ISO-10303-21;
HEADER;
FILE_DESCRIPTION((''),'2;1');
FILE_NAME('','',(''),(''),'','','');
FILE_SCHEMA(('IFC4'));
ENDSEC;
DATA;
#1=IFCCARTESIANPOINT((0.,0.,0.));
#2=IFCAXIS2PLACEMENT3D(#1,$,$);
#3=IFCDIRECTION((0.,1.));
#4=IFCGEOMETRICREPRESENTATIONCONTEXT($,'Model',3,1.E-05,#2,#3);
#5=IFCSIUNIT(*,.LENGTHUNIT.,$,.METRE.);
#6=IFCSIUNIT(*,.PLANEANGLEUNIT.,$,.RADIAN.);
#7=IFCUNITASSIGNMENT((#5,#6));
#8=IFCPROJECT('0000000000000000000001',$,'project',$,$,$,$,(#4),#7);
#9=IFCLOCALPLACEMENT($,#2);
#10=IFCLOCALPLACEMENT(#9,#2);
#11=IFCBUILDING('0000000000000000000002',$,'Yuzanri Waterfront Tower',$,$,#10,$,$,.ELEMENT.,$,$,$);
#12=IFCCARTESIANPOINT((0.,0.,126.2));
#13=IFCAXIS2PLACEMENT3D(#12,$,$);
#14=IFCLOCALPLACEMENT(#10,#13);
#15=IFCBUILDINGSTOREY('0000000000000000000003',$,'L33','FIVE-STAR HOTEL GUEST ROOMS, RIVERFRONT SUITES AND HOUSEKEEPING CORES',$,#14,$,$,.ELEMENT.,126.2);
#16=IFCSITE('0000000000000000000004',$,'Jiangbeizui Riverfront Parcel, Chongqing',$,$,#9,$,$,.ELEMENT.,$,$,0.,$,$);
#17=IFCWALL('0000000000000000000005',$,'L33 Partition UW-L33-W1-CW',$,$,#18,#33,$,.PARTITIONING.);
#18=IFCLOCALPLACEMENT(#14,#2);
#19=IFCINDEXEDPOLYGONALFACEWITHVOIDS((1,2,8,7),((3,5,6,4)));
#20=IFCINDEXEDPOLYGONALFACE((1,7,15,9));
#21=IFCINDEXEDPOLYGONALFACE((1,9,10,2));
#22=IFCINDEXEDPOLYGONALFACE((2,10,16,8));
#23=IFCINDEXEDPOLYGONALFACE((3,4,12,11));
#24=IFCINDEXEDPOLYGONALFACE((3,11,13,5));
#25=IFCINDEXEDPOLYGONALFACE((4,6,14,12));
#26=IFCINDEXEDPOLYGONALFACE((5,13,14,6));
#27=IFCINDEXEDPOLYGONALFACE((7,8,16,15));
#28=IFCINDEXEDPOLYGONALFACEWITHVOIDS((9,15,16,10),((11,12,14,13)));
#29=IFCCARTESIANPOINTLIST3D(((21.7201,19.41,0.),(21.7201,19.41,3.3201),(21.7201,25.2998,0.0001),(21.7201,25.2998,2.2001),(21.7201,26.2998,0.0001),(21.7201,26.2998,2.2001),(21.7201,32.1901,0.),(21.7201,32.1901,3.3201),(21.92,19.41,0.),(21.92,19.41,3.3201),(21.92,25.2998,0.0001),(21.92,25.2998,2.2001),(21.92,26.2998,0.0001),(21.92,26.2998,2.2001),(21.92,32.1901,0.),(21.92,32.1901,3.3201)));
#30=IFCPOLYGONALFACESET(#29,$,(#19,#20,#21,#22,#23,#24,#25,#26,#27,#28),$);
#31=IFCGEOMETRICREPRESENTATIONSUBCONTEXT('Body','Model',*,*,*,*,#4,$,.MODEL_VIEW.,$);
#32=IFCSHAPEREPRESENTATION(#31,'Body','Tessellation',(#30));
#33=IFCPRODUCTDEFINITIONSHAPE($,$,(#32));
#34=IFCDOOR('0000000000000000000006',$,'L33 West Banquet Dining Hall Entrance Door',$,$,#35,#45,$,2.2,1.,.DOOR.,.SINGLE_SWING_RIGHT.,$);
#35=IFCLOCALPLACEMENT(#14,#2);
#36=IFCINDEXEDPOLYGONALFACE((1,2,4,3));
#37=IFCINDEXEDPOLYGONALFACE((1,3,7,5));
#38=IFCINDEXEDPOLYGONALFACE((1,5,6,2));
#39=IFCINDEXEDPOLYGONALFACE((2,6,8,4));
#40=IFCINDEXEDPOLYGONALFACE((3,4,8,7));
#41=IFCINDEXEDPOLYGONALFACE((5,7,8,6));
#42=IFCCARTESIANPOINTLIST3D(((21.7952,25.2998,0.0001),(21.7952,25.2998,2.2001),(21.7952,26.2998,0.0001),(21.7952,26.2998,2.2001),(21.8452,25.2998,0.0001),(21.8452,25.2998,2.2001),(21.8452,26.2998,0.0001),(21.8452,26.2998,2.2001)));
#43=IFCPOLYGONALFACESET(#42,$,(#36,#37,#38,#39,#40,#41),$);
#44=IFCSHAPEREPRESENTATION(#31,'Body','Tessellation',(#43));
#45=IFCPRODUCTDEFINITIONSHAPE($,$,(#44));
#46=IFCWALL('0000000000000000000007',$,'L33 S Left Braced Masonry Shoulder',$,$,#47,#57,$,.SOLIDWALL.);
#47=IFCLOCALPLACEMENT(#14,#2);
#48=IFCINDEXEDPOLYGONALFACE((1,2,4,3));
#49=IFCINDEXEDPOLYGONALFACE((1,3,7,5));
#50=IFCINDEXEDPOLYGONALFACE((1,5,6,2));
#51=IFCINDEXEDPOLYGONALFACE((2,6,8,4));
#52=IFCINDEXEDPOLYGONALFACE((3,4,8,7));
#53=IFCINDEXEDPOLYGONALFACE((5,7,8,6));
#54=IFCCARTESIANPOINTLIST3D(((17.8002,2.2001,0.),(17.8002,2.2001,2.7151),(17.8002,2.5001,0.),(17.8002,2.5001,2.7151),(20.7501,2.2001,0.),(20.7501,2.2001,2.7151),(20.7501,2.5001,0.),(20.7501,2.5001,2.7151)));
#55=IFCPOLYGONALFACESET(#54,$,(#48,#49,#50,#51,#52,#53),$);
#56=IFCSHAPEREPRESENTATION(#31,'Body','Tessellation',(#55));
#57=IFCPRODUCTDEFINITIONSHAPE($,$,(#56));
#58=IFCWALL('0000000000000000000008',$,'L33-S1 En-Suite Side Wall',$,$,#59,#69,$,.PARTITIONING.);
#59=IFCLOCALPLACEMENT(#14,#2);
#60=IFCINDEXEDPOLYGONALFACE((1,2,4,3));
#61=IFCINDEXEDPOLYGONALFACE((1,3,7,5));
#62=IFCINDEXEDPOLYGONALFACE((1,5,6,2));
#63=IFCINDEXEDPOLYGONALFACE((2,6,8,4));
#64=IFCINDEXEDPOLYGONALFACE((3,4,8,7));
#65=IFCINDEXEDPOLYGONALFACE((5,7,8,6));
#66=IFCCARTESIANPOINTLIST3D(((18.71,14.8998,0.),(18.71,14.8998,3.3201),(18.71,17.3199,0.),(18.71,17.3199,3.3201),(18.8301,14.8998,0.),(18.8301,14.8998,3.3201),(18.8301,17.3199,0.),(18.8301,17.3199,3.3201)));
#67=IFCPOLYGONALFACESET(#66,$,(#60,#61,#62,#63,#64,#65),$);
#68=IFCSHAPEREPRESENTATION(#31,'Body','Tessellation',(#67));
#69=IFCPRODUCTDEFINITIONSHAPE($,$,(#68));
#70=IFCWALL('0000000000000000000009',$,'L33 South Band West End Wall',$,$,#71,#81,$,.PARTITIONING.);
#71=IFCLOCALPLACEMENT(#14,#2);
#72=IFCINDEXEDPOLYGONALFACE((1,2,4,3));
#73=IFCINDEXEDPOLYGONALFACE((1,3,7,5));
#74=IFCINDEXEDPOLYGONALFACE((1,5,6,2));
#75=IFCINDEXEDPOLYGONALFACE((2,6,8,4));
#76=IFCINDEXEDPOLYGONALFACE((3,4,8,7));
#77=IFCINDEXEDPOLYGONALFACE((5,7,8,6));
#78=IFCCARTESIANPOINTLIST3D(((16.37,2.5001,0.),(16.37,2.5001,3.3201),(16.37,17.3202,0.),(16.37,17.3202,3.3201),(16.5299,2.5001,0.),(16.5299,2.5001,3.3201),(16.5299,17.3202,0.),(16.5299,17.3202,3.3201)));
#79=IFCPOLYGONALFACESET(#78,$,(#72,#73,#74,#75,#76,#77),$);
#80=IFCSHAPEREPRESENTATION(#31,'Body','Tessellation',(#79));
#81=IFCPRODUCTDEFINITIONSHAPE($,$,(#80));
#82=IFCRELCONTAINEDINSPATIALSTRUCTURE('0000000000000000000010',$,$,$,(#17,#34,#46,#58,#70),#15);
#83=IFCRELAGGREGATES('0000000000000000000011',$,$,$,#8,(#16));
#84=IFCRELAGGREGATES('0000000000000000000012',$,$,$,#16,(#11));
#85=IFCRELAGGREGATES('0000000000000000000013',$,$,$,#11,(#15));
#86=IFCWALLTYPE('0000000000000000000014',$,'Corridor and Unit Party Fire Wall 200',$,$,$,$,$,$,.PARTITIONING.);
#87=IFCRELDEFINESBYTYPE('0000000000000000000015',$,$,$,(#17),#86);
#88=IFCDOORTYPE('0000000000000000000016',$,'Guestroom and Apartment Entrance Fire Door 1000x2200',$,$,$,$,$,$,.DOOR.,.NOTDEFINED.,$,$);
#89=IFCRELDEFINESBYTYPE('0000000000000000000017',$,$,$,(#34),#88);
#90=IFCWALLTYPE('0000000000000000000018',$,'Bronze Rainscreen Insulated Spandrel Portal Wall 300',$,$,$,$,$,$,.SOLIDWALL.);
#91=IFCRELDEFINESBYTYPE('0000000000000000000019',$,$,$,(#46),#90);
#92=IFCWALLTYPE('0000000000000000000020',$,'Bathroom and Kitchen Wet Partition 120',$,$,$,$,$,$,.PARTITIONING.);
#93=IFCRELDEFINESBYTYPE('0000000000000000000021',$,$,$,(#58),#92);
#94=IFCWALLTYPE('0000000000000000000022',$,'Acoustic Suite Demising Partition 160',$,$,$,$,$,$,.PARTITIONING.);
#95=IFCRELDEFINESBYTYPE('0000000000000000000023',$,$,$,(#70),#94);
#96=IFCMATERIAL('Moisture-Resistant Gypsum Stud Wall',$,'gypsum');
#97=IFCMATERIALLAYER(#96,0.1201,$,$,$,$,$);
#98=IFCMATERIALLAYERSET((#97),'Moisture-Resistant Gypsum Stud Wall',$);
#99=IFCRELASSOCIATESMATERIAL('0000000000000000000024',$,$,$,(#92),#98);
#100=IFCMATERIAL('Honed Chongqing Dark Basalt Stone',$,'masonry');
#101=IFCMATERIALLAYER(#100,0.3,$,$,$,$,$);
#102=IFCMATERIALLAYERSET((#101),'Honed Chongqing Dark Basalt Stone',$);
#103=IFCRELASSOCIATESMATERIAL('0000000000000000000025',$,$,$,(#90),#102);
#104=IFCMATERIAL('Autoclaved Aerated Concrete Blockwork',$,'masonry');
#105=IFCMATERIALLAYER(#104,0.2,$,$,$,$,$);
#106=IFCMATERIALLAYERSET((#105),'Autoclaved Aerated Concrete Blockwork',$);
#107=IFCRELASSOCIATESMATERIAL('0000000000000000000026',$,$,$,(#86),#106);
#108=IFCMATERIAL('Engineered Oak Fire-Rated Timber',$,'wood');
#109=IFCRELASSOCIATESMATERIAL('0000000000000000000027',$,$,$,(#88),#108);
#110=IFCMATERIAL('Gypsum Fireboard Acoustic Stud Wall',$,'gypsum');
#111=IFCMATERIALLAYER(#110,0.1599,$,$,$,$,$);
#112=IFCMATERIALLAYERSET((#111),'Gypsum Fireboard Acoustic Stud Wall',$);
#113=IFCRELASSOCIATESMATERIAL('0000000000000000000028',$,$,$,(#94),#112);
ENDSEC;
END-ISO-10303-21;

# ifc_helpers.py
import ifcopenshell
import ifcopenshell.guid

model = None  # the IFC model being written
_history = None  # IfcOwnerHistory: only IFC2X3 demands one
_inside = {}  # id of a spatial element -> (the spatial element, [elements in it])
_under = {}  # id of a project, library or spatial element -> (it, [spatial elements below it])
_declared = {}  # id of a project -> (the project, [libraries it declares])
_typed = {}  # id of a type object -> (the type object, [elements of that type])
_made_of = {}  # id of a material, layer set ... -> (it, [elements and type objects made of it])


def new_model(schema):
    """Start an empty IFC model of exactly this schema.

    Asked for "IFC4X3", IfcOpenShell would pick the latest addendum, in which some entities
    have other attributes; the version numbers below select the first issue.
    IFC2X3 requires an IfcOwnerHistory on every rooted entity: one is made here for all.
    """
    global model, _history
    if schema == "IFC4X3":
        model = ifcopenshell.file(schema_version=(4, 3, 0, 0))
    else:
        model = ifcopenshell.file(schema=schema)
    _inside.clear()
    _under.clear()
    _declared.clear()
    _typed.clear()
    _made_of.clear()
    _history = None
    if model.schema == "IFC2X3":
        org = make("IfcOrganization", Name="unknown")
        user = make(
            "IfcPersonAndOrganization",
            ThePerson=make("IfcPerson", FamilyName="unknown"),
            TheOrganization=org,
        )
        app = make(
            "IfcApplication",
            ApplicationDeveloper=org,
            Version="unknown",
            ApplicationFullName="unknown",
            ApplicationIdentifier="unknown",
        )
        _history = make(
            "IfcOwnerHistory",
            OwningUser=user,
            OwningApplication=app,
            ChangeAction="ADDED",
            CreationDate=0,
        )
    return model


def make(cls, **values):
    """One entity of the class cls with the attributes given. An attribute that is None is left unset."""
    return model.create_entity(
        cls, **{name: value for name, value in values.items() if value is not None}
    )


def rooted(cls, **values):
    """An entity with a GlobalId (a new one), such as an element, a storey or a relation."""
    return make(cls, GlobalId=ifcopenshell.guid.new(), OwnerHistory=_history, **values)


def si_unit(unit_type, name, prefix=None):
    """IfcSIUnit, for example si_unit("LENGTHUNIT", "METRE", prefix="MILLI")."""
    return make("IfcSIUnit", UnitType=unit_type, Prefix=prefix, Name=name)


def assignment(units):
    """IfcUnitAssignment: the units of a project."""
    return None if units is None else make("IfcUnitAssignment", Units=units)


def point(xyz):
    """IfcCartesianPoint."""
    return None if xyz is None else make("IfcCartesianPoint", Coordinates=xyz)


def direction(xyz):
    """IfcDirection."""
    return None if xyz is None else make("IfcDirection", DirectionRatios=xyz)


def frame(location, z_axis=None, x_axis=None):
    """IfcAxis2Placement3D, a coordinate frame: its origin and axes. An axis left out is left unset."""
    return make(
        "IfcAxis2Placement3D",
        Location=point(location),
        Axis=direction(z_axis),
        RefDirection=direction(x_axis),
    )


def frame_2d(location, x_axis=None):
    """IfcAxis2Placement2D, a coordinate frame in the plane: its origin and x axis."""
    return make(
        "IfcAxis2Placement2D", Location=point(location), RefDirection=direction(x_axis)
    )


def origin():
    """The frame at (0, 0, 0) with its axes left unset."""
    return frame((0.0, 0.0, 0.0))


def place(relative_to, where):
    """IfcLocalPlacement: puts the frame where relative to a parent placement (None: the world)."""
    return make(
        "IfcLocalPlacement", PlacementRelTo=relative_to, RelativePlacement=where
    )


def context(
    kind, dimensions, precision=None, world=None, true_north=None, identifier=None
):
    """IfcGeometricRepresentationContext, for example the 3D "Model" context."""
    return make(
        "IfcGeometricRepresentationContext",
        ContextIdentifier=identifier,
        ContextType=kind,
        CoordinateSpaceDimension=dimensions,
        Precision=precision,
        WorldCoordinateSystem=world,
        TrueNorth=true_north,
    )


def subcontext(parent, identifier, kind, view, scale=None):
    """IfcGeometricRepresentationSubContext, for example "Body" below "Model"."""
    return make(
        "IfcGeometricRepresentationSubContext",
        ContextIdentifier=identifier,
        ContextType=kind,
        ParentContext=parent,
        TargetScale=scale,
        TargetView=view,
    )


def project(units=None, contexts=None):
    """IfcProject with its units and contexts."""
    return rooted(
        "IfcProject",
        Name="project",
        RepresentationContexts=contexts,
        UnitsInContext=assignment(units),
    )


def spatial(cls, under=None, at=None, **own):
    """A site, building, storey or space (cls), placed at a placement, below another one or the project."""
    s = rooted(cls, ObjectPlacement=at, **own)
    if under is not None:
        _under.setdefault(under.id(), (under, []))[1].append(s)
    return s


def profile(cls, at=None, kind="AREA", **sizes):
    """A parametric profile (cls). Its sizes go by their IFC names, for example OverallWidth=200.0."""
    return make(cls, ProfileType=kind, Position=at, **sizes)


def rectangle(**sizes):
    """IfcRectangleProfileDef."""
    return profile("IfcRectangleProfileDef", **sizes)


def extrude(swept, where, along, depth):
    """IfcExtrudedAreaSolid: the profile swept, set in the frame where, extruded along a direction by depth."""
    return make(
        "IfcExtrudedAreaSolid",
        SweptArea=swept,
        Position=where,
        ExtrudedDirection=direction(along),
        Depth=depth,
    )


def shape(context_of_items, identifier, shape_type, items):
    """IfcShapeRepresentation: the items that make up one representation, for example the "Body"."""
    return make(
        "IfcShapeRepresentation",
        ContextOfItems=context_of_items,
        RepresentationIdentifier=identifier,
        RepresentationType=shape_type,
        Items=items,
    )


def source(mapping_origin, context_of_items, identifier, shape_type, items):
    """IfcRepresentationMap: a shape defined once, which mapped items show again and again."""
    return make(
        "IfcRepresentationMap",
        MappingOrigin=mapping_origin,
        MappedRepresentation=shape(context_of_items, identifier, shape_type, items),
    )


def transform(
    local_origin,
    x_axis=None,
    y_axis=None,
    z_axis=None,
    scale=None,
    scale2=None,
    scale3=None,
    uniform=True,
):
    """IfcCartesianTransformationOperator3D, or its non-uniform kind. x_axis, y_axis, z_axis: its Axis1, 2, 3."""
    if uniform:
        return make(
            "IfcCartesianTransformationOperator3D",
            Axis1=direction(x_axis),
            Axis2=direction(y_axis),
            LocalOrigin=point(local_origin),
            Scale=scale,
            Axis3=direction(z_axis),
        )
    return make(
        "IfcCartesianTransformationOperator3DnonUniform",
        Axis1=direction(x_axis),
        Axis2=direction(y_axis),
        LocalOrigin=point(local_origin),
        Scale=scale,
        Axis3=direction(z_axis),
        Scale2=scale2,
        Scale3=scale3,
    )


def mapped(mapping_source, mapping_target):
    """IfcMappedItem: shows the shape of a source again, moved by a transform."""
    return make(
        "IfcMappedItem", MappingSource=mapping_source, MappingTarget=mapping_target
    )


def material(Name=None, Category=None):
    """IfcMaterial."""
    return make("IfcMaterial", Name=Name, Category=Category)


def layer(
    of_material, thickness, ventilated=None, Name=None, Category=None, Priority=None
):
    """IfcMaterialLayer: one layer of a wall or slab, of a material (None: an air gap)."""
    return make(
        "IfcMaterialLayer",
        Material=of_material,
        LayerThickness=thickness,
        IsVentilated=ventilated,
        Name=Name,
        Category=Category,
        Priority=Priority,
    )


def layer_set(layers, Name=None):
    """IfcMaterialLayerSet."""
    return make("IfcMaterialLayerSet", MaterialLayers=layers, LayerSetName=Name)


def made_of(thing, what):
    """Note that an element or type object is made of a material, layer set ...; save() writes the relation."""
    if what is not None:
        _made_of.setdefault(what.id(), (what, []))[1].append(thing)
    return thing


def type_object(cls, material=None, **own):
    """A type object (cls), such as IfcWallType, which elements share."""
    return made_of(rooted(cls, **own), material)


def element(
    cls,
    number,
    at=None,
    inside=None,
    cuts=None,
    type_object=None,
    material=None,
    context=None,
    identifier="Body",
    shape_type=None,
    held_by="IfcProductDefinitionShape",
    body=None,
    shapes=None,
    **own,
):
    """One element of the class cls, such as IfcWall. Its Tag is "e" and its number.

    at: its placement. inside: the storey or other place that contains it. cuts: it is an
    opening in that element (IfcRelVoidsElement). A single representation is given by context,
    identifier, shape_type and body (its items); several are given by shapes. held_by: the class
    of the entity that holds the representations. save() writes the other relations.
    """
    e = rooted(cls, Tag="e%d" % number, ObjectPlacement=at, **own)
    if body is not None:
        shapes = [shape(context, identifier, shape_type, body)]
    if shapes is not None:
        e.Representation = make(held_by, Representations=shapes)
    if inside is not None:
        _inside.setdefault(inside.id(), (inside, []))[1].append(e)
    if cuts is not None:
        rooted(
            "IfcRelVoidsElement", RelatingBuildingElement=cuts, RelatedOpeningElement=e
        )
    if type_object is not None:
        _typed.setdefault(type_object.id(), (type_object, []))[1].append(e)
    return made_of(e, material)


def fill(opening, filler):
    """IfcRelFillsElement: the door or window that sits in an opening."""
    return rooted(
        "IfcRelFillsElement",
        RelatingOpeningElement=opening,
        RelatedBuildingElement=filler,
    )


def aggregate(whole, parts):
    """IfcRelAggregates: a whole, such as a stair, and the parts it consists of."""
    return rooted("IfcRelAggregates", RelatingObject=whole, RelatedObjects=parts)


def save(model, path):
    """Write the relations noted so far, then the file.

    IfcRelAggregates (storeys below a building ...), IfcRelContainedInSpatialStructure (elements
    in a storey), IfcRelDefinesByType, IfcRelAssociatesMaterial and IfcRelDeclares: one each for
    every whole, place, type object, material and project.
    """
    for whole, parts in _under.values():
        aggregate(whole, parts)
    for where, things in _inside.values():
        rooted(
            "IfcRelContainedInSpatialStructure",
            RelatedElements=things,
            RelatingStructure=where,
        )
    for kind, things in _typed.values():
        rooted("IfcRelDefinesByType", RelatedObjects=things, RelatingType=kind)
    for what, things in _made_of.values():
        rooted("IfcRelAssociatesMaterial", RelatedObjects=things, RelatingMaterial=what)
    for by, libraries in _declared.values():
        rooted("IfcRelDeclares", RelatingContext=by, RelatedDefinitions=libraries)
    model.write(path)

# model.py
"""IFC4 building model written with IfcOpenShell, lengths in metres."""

from ifc_helpers import new_model, si_unit, direction, frame, frame_2d, origin, place, context, subcontext, project, spatial, rectangle, extrude, source, transform, mapped, material, layer, layer_set, type_object, element, fill, save


model = new_model("IFC4")

# Units and contexts
model_context = context("Model", 3, precision=1e-05, world=origin(), true_north=direction((0.0, 1.0)))
body_context = subcontext(model_context, "Body", "Model", "MODEL_VIEW")
ifc_project = project(units=[si_unit("LENGTHUNIT", "METRE"), si_unit("PLANEANGLEUNIT", "RADIAN")], contexts=[model_context])

# Site, building, storey
site_placement = place(None, origin())
site = spatial("IfcSite", under=ifc_project, at=site_placement, Name="Jiangbeizui Riverfront Parcel, Chongqing", CompositionType="ELEMENT", RefElevation=0.0)
building_placement = place(site_placement, origin())
building = spatial("IfcBuilding", under=site, at=building_placement, Name="Yuzanri Waterfront Tower", CompositionType="ELEMENT")
storey_placement = place(building_placement, frame((0.0, 0.0, 126.2)))
storey = spatial("IfcBuildingStorey", under=building, at=storey_placement, Name="L33", Description="FIVE-STAR HOTEL GUEST ROOMS, RIVERFRONT SUITES AND HOUSEKEEPING CORES", CompositionType="ELEMENT", Elevation=126.2)

# Shared definitions
ifc_material_1 = material(Name="Moisture-Resistant Gypsum Stud Wall", Category="gypsum")
ifc_layer_1 = layer(ifc_material_1, 0.1201)
ifc_layer_set_1 = layer_set([ifc_layer_1], Name="Moisture-Resistant Gypsum Stud Wall")
wall_type_1 = type_object("IfcWallType", Name="Bathroom and Kitchen Wet Partition 120", PredefinedType="PARTITIONING", material=ifc_layer_set_1)

# Shared definitions
ifc_material_2 = material(Name="Honed Chongqing Dark Basalt Stone", Category="masonry")
ifc_layer_2 = layer(ifc_material_2, 0.3)
ifc_layer_set_2 = layer_set([ifc_layer_2], Name="Honed Chongqing Dark Basalt Stone")
wall_type_2 = type_object("IfcWallType", Name="Bronze Rainscreen Insulated Spandrel Portal Wall 300", PredefinedType="SOLIDWALL", material=ifc_layer_set_2)

# Wall, opening, door
ifc_material_3 = material(Name="Autoclaved Aerated Concrete Blockwork", Category="masonry")
ifc_layer_3 = layer(ifc_material_3, 0.2)
ifc_layer_set_3 = layer_set([ifc_layer_3], Name="Autoclaved Aerated Concrete Blockwork")
wall_type_3 = type_object("IfcWallType", Name="Corridor and Unit Party Fire Wall 200", PredefinedType="PARTITIONING", material=ifc_layer_set_3)
ifc_material_4 = material(Name="Engineered Oak Fire-Rated Timber", Category="wood")
door_type_1 = type_object("IfcDoorType", Name="Guestroom and Apartment Entrance Fire Door 1000x2200", OperationType="NOTDEFINED", PredefinedType="DOOR", material=ifc_material_4)
shared_shape_1 = source(origin(), body_context, "Body", "SweptSolid", [
    extrude(rectangle(XDim=1.0, YDim=2.2, at=frame_2d((0.5, 1.1001))), frame((0.0, 0.0249, 0.0), z_axis=(0.0, -1.0, 0.0), x_axis=(1.0, 0.0, 0.0)), (0.0, 0.0, 1.0), 0.05),
])
wall_1_placement = place(storey_placement, frame((21.8201, 19.4099, 0.0), z_axis=(0.0, 0.0, 1.0), x_axis=(0.0, 1.0, 0.0)))
wall_1 = element("IfcWall", 1, at=wall_1_placement, inside=storey, type_object=wall_type_3, Name="L33 Partition UW-L33-W1-CW", PredefinedType="PARTITIONING", context=body_context, shape_type="SweptSolid", body=[
    extrude(rectangle(XDim=12.78, YDim=0.2, at=frame_2d((6.3901, 0.0))), origin(), (0.0, 0.0, 1.0), 3.3201),
])
opening_1_placement = place(wall_1_placement, frame((5.8899, 0.0, 0.0)))
opening_1 = element("IfcOpeningElement", 2, at=opening_1_placement, cuts=wall_1, PredefinedType="OPENING", context=body_context, shape_type="SweptSolid", body=[
    extrude(rectangle(XDim=1.0, YDim=2.2, at=frame_2d((0.5, 1.1001))), frame((0.0, 0.1147, 0.0), z_axis=(0.0, -1.0, 0.0), x_axis=(1.0, 0.0, 0.0)), (0.0, 0.0, 1.0), 0.2297),
])
door_1_placement = place(opening_1_placement, origin())
door_1 = element("IfcDoor", 3, at=door_1_placement, inside=storey, type_object=door_type_1, Name="L33 West Banquet Dining Hall Entrance Door", OperationType="SINGLE_SWING_RIGHT", OverallHeight=2.2, OverallWidth=1.0, PredefinedType="DOOR", context=body_context, shape_type="MappedRepresentation", body=[
    mapped(shared_shape_1, transform((0.0, 0.0, 0.0), scale=1.0)),
])
fill(opening_1, door_1)

# Walls
shared_shape_2 = source(origin(), body_context, "Body", "SweptSolid", [
    extrude(rectangle(XDim=2.95, YDim=0.3, at=frame_2d((1.4751, 0.0))), origin(), (0.0, 0.0, 1.0), 2.7151),
])
wall_2_placement = place(storey_placement, frame((17.8, 2.3501, 0.0), z_axis=(0.0, 0.0, 1.0), x_axis=(1.0, 0.0, 0.0)))
element("IfcWall", 4, at=wall_2_placement, inside=storey, type_object=wall_type_2, Name="L33 S Left Braced Masonry Shoulder", PredefinedType="SOLIDWALL", context=body_context, shape_type="MappedRepresentation", body=[
    mapped(shared_shape_2, transform((0.0, 0.0, 0.0), scale=1.0)),
])
shared_shape_3 = source(origin(), body_context, "Body", "SweptSolid", [
    extrude(rectangle(XDim=2.4202, YDim=0.1201, at=frame_2d((1.21, 0.0))), origin(), (0.0, 0.0, 1.0), 3.3201),
])
wall_3_placement = place(storey_placement, frame((18.77, 14.8999, 0.0), z_axis=(0.0, 0.0, 1.0), x_axis=(0.0, 1.0, 0.0)))
element("IfcWall", 5, at=wall_3_placement, inside=storey, type_object=wall_type_1, Name="L33-S1 En-Suite Side Wall", PredefinedType="PARTITIONING", context=body_context, shape_type="MappedRepresentation", body=[
    mapped(shared_shape_3, transform((0.0, 0.0, 0.0), scale=1.0)),
])
ifc_material_5 = material(Name="Gypsum Fireboard Acoustic Stud Wall", Category="gypsum")
ifc_layer_4 = layer(ifc_material_5, 0.1599)
ifc_layer_set_4 = layer_set([ifc_layer_4], Name="Gypsum Fireboard Acoustic Stud Wall")
wall_type_4 = type_object("IfcWallType", Name="Acoustic Suite Demising Partition 160", PredefinedType="PARTITIONING", material=ifc_layer_set_4)
shared_shape_4 = source(origin(), body_context, "Body", "SweptSolid", [
    extrude(rectangle(XDim=14.8201, YDim=0.1599, at=frame_2d((7.4102, 0.0))), origin(), (0.0, 0.0, 1.0), 3.3201),
])
wall_4_placement = place(storey_placement, frame((16.45, 2.5, 0.0), z_axis=(0.0, 0.0, 1.0), x_axis=(0.0, 1.0, 0.0)))
element("IfcWall", 6, at=wall_4_placement, inside=storey, type_object=wall_type_4, Name="L33 South Band West End Wall", PredefinedType="PARTITIONING", context=body_context, shape_type="MappedRepresentation", body=[
    mapped(shared_shape_4, transform((0.0, 0.0, 0.0), scale=1.0)),
])

save(model, "model.ifc")
